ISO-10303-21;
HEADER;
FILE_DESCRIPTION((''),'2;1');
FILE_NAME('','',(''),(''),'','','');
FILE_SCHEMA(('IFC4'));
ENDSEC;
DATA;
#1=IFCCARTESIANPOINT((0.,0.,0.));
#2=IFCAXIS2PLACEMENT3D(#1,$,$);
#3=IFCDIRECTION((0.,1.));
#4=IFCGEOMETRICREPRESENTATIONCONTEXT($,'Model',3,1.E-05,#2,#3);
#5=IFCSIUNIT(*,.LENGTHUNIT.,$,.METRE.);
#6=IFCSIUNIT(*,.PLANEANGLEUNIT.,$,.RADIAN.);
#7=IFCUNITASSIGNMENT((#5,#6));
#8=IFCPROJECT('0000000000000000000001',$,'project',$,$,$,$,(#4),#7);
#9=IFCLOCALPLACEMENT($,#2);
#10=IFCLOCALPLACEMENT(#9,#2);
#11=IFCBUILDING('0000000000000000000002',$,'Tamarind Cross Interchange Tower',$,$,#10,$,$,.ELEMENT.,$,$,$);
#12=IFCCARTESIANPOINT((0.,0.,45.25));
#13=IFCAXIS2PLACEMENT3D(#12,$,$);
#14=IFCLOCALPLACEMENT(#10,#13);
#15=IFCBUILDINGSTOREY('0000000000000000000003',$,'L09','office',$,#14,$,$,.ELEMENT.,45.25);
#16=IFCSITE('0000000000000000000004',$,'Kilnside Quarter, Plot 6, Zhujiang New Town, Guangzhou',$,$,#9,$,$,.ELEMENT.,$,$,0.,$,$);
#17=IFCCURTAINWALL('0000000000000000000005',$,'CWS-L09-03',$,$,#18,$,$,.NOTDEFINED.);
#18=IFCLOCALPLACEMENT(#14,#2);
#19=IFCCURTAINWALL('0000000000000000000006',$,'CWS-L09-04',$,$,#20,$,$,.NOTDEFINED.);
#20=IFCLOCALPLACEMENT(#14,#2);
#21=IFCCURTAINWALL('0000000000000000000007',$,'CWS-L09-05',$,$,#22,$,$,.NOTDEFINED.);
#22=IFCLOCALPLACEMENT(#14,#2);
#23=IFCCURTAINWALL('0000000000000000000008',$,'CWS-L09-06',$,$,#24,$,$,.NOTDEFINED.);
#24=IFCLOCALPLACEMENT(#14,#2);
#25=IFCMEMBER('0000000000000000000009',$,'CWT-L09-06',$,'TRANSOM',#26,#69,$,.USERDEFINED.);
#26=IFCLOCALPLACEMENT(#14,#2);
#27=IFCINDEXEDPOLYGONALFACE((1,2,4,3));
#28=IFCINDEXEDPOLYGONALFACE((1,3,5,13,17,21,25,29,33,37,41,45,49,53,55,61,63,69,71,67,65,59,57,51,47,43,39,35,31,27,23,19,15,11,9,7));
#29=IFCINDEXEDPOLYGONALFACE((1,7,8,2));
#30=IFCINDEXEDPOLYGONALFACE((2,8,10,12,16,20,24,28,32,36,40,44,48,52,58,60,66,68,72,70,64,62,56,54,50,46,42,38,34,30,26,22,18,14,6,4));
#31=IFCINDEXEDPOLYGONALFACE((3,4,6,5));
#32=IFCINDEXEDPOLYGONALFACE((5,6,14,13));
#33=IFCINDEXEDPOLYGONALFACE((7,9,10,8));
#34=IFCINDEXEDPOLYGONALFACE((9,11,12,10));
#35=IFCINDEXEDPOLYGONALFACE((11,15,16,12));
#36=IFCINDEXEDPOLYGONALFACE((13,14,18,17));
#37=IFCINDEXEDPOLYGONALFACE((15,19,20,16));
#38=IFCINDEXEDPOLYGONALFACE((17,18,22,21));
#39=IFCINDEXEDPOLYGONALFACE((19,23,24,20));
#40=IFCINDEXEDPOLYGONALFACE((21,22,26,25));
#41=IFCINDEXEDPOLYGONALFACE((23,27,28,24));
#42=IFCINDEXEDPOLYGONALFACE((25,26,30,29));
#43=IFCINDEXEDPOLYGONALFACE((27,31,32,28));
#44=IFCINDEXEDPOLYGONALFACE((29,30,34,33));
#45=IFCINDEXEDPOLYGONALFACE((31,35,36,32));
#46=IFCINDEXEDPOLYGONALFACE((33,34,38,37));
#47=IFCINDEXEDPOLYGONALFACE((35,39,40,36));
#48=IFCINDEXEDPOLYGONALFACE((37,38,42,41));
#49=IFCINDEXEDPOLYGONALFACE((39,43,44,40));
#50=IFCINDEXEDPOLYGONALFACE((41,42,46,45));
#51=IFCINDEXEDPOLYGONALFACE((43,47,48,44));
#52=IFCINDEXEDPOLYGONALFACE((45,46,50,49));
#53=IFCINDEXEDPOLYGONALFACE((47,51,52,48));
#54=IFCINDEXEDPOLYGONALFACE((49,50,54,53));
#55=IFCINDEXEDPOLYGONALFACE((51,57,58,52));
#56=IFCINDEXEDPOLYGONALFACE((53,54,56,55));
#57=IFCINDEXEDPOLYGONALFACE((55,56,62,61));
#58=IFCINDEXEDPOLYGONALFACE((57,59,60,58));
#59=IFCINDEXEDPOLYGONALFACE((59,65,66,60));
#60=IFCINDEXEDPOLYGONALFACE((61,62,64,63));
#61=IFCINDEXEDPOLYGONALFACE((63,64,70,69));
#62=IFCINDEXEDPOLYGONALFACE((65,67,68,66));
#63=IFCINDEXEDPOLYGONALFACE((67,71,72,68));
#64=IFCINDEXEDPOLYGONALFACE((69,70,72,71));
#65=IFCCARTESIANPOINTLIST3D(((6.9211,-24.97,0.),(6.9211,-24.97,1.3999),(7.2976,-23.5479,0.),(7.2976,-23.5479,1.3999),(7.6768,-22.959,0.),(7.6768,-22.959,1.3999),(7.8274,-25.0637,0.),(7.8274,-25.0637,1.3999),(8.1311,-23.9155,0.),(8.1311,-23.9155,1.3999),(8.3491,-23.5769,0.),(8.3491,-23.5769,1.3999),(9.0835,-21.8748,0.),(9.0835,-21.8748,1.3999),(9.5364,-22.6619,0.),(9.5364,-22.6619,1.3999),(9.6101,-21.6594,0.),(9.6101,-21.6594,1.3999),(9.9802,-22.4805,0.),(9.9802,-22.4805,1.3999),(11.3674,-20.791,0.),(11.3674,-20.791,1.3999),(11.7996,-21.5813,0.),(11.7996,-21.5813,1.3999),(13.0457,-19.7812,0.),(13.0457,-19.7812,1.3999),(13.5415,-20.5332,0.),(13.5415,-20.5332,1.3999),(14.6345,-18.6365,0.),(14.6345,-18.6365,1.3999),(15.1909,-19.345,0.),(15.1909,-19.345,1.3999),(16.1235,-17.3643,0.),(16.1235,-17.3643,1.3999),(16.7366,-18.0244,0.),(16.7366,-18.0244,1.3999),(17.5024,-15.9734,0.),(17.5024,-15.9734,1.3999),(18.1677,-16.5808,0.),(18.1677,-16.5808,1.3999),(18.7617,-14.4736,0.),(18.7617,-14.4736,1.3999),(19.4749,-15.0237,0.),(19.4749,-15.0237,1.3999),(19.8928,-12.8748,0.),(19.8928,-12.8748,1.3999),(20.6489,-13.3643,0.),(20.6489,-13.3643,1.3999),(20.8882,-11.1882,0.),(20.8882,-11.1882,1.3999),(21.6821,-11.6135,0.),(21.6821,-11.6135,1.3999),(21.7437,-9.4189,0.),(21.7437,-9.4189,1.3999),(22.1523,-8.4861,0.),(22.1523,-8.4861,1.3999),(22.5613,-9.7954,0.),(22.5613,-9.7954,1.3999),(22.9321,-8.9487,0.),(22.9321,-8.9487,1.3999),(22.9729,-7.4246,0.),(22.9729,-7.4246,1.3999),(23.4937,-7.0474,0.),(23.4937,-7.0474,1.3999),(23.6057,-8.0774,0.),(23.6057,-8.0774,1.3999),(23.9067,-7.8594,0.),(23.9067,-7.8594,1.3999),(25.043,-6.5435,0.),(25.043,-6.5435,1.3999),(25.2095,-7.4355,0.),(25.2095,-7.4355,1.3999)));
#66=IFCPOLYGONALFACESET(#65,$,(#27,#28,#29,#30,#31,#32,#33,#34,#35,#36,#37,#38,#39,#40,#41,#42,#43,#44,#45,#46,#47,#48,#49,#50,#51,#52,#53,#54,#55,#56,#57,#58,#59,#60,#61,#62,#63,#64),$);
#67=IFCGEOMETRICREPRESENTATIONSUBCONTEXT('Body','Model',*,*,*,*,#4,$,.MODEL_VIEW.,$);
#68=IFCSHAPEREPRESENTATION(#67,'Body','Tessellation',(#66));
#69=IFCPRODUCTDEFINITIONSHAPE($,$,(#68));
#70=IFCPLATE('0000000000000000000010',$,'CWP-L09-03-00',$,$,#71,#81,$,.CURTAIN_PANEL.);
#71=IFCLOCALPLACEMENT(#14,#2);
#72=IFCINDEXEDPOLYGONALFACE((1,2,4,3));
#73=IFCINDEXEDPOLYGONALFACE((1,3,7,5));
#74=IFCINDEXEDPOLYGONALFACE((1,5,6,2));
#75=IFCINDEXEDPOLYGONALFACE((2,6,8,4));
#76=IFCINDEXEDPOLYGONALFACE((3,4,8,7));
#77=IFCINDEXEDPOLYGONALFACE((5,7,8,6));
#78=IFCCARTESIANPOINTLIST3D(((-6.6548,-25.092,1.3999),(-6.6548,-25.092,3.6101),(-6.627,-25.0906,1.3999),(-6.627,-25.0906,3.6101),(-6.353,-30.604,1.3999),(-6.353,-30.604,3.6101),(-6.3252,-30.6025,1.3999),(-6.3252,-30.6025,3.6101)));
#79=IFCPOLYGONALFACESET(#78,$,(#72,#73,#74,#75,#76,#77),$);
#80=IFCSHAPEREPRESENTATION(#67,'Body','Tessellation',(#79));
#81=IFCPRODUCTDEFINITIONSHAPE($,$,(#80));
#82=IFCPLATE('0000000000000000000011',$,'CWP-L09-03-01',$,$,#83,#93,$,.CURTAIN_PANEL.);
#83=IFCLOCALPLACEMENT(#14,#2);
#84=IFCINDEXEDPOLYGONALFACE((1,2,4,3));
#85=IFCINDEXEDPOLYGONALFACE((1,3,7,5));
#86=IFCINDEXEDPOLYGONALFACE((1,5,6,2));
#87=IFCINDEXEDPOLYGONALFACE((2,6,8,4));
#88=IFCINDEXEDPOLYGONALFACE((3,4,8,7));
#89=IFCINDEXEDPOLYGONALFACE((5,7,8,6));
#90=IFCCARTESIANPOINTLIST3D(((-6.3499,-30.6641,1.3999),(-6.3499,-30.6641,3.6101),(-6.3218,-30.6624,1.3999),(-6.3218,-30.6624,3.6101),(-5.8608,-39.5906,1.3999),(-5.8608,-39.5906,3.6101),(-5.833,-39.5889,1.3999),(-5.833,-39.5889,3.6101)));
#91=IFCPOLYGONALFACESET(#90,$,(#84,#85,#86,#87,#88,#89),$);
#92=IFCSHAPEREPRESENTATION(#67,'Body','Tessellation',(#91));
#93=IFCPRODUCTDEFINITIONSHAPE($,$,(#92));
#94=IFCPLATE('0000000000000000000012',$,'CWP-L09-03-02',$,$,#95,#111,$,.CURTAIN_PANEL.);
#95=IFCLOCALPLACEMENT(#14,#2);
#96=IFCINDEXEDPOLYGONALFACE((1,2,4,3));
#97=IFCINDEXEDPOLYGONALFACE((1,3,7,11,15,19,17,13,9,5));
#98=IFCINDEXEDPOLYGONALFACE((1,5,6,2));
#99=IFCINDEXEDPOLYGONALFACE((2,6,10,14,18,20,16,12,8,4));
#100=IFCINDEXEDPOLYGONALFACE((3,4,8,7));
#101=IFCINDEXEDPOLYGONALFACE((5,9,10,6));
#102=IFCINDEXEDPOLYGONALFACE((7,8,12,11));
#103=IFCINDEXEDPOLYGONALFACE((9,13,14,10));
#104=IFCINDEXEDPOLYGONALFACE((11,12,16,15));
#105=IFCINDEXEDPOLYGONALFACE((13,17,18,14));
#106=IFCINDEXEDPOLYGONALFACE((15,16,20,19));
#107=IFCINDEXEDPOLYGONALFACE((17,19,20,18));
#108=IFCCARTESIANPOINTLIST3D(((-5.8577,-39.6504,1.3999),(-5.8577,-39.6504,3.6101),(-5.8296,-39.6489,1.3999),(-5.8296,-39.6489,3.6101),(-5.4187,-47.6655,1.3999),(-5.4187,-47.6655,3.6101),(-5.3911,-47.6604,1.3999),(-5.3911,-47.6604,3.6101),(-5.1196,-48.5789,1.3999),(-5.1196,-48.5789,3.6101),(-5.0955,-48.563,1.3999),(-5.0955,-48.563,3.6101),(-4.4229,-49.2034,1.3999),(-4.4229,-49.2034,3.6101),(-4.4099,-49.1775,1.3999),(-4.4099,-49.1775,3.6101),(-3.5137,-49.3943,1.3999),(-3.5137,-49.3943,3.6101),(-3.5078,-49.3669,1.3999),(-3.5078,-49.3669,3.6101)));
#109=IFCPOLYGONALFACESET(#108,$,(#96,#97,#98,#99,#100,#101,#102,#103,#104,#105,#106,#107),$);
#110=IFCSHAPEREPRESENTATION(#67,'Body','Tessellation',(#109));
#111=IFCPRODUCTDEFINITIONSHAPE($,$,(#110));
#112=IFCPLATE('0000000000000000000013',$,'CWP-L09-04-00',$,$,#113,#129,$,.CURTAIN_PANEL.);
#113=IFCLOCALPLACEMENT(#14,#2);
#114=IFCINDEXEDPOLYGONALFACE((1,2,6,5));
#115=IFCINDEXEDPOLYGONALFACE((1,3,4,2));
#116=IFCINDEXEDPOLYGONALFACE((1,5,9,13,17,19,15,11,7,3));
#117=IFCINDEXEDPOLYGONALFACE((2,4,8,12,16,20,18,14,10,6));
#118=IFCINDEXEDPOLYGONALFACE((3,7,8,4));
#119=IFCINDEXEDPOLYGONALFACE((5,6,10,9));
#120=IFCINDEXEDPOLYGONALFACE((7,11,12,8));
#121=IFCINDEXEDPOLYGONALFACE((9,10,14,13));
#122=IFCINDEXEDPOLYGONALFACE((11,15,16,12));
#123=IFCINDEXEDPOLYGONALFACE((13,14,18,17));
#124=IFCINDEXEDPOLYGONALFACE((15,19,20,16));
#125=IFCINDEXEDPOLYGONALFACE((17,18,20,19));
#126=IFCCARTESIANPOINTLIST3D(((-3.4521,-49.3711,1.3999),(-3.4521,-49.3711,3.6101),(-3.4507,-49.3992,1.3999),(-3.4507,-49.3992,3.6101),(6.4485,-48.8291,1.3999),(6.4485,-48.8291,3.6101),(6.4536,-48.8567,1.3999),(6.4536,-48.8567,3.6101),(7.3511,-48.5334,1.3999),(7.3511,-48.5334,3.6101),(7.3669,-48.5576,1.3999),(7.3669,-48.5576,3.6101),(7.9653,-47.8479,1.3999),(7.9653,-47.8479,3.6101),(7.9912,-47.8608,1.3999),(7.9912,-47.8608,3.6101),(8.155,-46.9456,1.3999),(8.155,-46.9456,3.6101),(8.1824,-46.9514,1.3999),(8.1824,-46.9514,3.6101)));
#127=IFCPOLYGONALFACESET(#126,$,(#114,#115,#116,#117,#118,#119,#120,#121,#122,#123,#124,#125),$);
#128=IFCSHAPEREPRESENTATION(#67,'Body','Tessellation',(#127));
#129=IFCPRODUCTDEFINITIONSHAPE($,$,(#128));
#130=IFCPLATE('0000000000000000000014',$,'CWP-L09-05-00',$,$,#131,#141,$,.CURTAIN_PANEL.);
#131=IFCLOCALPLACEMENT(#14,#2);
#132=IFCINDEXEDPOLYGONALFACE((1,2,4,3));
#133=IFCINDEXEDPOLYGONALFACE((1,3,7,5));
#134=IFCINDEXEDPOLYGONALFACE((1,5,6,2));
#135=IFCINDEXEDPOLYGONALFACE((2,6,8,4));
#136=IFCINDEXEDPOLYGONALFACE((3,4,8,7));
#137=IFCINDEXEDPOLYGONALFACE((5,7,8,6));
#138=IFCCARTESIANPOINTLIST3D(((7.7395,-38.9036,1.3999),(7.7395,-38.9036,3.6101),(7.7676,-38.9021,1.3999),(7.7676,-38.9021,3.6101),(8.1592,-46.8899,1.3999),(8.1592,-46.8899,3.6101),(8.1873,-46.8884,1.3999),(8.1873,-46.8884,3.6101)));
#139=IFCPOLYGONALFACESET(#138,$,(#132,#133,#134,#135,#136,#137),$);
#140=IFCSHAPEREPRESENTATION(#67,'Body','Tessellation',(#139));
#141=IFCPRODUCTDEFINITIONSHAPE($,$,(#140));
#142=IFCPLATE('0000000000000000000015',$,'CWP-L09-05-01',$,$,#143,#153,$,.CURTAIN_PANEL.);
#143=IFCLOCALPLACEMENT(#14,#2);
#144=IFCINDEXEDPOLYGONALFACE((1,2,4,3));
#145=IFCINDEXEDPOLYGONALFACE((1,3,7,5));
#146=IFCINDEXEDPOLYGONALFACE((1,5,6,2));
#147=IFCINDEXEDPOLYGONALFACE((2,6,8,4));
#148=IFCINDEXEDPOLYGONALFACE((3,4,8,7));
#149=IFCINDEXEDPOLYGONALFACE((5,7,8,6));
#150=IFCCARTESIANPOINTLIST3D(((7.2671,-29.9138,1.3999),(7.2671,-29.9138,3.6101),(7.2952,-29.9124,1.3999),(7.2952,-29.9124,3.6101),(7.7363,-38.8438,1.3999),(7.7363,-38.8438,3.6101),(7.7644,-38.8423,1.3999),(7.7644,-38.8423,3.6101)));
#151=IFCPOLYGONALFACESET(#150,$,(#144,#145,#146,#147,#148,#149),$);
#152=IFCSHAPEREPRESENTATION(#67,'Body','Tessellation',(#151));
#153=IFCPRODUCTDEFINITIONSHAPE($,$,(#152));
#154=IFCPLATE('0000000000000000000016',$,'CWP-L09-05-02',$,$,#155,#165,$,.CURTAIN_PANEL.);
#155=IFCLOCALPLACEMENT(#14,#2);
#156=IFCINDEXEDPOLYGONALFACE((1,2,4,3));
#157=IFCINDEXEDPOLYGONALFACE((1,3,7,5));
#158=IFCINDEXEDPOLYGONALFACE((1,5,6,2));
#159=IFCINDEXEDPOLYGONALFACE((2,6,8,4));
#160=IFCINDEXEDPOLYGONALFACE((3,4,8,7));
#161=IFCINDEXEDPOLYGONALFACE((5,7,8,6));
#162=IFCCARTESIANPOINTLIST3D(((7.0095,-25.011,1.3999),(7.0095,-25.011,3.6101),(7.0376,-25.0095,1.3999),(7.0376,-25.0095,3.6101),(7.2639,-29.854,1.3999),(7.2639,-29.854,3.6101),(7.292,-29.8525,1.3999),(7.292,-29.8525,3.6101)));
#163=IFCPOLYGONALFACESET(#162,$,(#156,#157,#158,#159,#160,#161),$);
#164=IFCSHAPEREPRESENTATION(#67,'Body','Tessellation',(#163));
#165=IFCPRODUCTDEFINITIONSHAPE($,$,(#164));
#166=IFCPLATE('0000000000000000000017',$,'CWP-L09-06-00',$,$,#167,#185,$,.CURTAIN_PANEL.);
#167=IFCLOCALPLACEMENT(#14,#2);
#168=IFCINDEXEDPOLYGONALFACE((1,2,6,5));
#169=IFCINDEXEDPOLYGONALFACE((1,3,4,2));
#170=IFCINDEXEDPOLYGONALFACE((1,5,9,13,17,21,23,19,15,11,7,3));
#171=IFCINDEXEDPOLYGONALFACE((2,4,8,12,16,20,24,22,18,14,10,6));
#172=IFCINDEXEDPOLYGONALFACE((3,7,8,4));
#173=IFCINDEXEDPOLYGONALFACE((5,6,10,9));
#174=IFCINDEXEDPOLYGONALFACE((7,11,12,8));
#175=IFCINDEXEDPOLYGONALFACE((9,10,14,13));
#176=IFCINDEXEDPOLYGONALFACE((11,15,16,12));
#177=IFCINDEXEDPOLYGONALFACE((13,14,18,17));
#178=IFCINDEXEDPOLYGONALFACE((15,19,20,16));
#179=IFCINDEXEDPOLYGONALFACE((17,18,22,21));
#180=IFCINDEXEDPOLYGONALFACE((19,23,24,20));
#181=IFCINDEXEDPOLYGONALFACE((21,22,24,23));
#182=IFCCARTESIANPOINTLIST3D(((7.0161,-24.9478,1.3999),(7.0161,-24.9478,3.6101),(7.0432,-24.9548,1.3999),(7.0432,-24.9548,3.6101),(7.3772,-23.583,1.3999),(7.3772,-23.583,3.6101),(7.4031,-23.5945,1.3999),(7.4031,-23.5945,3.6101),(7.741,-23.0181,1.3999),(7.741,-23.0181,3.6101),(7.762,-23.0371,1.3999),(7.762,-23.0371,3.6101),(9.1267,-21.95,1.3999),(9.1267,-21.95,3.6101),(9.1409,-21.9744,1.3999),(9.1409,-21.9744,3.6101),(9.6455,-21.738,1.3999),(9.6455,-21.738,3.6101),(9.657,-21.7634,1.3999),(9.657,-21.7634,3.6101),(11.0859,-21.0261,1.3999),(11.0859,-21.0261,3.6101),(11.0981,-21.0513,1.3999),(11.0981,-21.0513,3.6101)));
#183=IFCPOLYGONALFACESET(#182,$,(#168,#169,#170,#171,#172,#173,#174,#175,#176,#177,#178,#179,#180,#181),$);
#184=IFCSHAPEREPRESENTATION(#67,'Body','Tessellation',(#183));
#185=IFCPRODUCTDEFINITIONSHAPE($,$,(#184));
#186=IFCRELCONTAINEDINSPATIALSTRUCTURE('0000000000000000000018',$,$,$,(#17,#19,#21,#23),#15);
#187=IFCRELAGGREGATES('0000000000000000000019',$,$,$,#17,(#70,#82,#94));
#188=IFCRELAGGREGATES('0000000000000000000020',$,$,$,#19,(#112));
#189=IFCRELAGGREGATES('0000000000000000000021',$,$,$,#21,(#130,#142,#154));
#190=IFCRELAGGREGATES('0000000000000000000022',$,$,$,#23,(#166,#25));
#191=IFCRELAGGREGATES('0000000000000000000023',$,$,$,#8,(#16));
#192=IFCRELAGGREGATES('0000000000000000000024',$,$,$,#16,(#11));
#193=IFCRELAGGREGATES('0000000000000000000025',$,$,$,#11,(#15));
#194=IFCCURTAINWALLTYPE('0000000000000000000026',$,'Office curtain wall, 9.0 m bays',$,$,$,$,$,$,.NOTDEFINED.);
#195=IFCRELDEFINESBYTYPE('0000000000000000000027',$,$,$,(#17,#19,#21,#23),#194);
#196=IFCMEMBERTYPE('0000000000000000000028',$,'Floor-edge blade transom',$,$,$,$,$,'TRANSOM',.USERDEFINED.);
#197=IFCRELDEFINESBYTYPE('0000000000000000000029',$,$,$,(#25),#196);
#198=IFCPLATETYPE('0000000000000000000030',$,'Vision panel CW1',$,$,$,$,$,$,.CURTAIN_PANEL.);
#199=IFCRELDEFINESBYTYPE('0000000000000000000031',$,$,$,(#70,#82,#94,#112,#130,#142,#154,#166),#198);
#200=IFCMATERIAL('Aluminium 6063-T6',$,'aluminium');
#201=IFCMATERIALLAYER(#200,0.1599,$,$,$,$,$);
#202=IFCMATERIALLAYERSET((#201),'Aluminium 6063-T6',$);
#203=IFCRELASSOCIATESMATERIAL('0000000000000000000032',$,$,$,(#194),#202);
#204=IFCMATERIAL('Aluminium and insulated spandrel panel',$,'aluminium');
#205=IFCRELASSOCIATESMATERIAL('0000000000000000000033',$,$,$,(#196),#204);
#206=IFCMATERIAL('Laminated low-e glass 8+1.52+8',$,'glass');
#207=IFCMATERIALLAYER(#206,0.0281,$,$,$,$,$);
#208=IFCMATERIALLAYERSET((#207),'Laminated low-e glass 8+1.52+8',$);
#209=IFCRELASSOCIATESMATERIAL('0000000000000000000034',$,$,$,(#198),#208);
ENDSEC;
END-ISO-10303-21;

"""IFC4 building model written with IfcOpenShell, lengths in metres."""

from ifc_helpers import new_model, si_unit, direction, frame, origin, place, context, subcontext, project, spatial, polyline, outline, extrude, material, layer, layer_set, type_object, element, aggregate, save


model = new_model("IFC4")

# Units and contexts
model_context = context("Model", 3, precision=1e-05, world=origin(), true_north=direction((0.0, 1.0)))
body_context = subcontext(model_context, "Body", "Model", "MODEL_VIEW")
ifc_project = project(units=[si_unit("LENGTHUNIT", "METRE"), si_unit("PLANEANGLEUNIT", "RADIAN")], contexts=[model_context])

# Site, building, storey
site_placement = place(None, origin())
site = spatial("IfcSite", under=ifc_project, at=site_placement, Name="Kilnside Quarter, Plot 6, Zhujiang New Town, Guangzhou", CompositionType="ELEMENT", RefElevation=0.0)
building_placement = place(site_placement, origin())
building = spatial("IfcBuilding", under=site, at=building_placement, Name="Tamarind Cross Interchange Tower", CompositionType="ELEMENT")
storey_placement = place(building_placement, frame((0.0, 0.0, 45.25)))
storey = spatial("IfcBuildingStorey", under=building, at=storey_placement, Name="L09", Description="office", CompositionType="ELEMENT", Elevation=45.25)

# Curtain walls, member
ifc_material_1 = material(Name="Aluminium 6063-T6", Category="aluminium")
ifc_layer_1 = layer(ifc_material_1, 0.1599)
ifc_layer_set_1 = layer_set([ifc_layer_1], Name="Aluminium 6063-T6")
curtain_wall_type = type_object("IfcCurtainWallType", Name="Office curtain wall, 9.0 m bays", PredefinedType="NOTDEFINED", material=ifc_layer_set_1)
curtain_wall_1_placement = place(storey_placement, origin())
curtain_wall_1 = element("IfcCurtainWall", 1, at=curtain_wall_1_placement, inside=storey, type_object=curtain_wall_type, Name="CWS-L09-03", PredefinedType="NOTDEFINED")
ifc_material_2 = material(Name="Aluminium and insulated spandrel panel", Category="aluminium")
member_type = type_object("IfcMemberType", Name="Floor-edge blade transom", ElementType="TRANSOM", PredefinedType="USERDEFINED", material=ifc_material_2)
curtain_wall_2_placement = place(storey_placement, origin())
curtain_wall_2 = element("IfcCurtainWall", 2, at=curtain_wall_2_placement, inside=storey, type_object=curtain_wall_type, Name="CWS-L09-04", PredefinedType="NOTDEFINED")
curtain_wall_3_placement = place(storey_placement, origin())
curtain_wall_3 = element("IfcCurtainWall", 3, at=curtain_wall_3_placement, inside=storey, type_object=curtain_wall_type, Name="CWS-L09-05", PredefinedType="NOTDEFINED")
curtain_wall_4_placement = place(storey_placement, origin())
curtain_wall_4 = element("IfcCurtainWall", 4, at=curtain_wall_4_placement, inside=storey, type_object=curtain_wall_type, Name="CWS-L09-06", PredefinedType="NOTDEFINED")
member_1_placement = place(storey_placement, origin())
member_1 = element("IfcMember", 5, at=member_1_placement, type_object=member_type, Name="CWT-L09-06", ObjectType="TRANSOM", PredefinedType="USERDEFINED", context=body_context, shape_type="SweptSolid", body=[
    extrude(outline(polyline([(6.9211, -24.97), (7.2976, -23.5479), (7.6768, -22.959), (9.0835, -21.8748), (9.6101, -21.6594), (11.3674, -20.791), (13.0457, -19.7812), (14.6345, -18.6365), (16.1235, -17.3643), (17.5024, -15.9734), (18.7617, -14.4736), (19.8928, -12.8748), (20.8882, -11.1882), (21.7437, -9.4189), (22.1523, -8.4861), (22.9729, -7.4246), (23.4937, -7.0474), (25.043, -6.5435), (25.2095, -7.4355), (23.9067, -7.8594), (23.6057, -8.0774), (22.9321, -8.9487), (22.5613, -9.7954), (21.6821, -11.6135), (20.6489, -13.3643), (19.4749, -15.0237), (18.1677, -16.5808), (16.7366, -18.0244), (15.1909, -19.345), (13.5415, -20.5332), (11.7996, -21.5813), (9.9802, -22.4805), (9.5364, -22.6619), (8.3491, -23.5769), (8.1311, -23.9155), (7.8274, -25.0637), (6.9211, -24.97)])), origin(), (0.0, 0.0, 1.0), 1.3999),
])

# Plates
ifc_material_3 = material(Name="Laminated low-e glass 8+1.52+8", Category="glass")
ifc_layer_2 = layer(ifc_material_3, 0.0281)
ifc_layer_set_2 = layer_set([ifc_layer_2], Name="Laminated low-e glass 8+1.52+8")
plate_type = type_object("IfcPlateType", Name="Vision panel CW1", PredefinedType="CURTAIN_PANEL", material=ifc_layer_set_2)
plate_1_placement = place(storey_placement, frame((0.0, 0.0, 1.3999)))
plate_1 = element("IfcPlate", 6, at=plate_1_placement, type_object=plate_type, Name="CWP-L09-03-00", PredefinedType="CURTAIN_PANEL", context=body_context, shape_type="SweptSolid", body=[
    extrude(outline(polyline([(-6.627, -25.0906), (-6.3252, -30.6025), (-6.353, -30.604), (-6.6548, -25.092), (-6.627, -25.0906)])), origin(), (0.0, 0.0, 1.0), 2.2102),
])
plate_2_placement = place(storey_placement, frame((0.0, 0.0, 1.3999)))
plate_2 = element("IfcPlate", 7, at=plate_2_placement, type_object=plate_type, Name="CWP-L09-03-01", PredefinedType="CURTAIN_PANEL", context=body_context, shape_type="SweptSolid", body=[
    extrude(outline(polyline([(-6.3218, -30.6624), (-5.833, -39.5889), (-5.8608, -39.5906), (-6.3499, -30.6641), (-6.3218, -30.6624)])), origin(), (0.0, 0.0, 1.0), 2.2102),
])
plate_3_placement = place(storey_placement, frame((0.0, 0.0, 1.3999)))
plate_3 = element("IfcPlate", 8, at=plate_3_placement, type_object=plate_type, Name="CWP-L09-03-02", PredefinedType="CURTAIN_PANEL", context=body_context, shape_type="SweptSolid", body=[
    extrude(outline(polyline([(-5.8296, -39.6489), (-5.3911, -47.6604), (-5.0955, -48.563), (-4.4099, -49.1775), (-3.5078, -49.3669), (-3.5137, -49.3943), (-4.4229, -49.2034), (-5.1196, -48.5789), (-5.4187, -47.6655), (-5.8577, -39.6504), (-5.8296, -39.6489)])), origin(), (0.0, 0.0, 1.0), 2.2102),
])
aggregate(curtain_wall_1, [plate_1, plate_2, plate_3])
plate_4_placement = place(storey_placement, frame((0.0, 0.0, 1.3999)))
plate_4 = element("IfcPlate", 9, at=plate_4_placement, type_object=plate_type, Name="CWP-L09-04-00", PredefinedType="CURTAIN_PANEL", context=body_context, shape_type="SweptSolid", body=[
    extrude(outline(polyline([(-3.4521, -49.3711), (6.4485, -48.8291), (7.3511, -48.5334), (7.9653, -47.8479), (8.155, -46.9456), (8.1824, -46.9514), (7.9912, -47.8608), (7.3669, -48.5576), (6.4536, -48.8567), (-3.4507, -49.3992), (-3.4521, -49.3711)])), origin(), (0.0, 0.0, 1.0), 2.2102),
])
aggregate(curtain_wall_2, [plate_4])
plate_5_placement = place(storey_placement, frame((0.0, 0.0, 1.3999)))
plate_5 = element("IfcPlate", 10, at=plate_5_placement, type_object=plate_type, Name="CWP-L09-05-00", PredefinedType="CURTAIN_PANEL", context=body_context, shape_type="SweptSolid", body=[
    extrude(outline(polyline([(8.1592, -46.8899), (7.7395, -38.9036), (7.7676, -38.9021), (8.1873, -46.8884), (8.1592, -46.8899)])), origin(), (0.0, 0.0, 1.0), 2.2102),
])
plate_6_placement = place(storey_placement, frame((0.0, 0.0, 1.3999)))
plate_6 = element("IfcPlate", 11, at=plate_6_placement, type_object=plate_type, Name="CWP-L09-05-01", PredefinedType="CURTAIN_PANEL", context=body_context, shape_type="SweptSolid", body=[
    extrude(outline(polyline([(7.7363, -38.8438), (7.2671, -29.9138), (7.2952, -29.9124), (7.7644, -38.8423), (7.7363, -38.8438)])), origin(), (0.0, 0.0, 1.0), 2.2102),
])
plate_7_placement = place(storey_placement, frame((0.0, 0.0, 1.3999)))
plate_7 = element("IfcPlate", 12, at=plate_7_placement, type_object=plate_type, Name="CWP-L09-05-02", PredefinedType="CURTAIN_PANEL", context=body_context, shape_type="SweptSolid", body=[
    extrude(outline(polyline([(7.2639, -29.854), (7.0095, -25.011), (7.0376, -25.0095), (7.292, -29.8525), (7.2639, -29.854)])), origin(), (0.0, 0.0, 1.0), 2.2102),
])
aggregate(curtain_wall_3, [plate_5, plate_6, plate_7])
plate_8_placement = place(storey_placement, frame((0.0, 0.0, 1.3999)))
plate_8 = element("IfcPlate", 13, at=plate_8_placement, type_object=plate_type, Name="CWP-L09-06-00", PredefinedType="CURTAIN_PANEL", context=body_context, shape_type="SweptSolid", body=[
    extrude(outline(polyline([(7.0161, -24.9478), (7.3772, -23.583), (7.741, -23.0181), (9.1267, -21.95), (9.6455, -21.738), (11.0859, -21.0261), (11.0981, -21.0513), (9.657, -21.7634), (9.1409, -21.9744), (7.762, -23.0371), (7.4031, -23.5945), (7.0432, -24.9548), (7.0161, -24.9478)])), origin(), (0.0, 0.0, 1.0), 2.2102),
])
aggregate(curtain_wall_4, [plate_8, member_1])

save(model, "model.ifc")
